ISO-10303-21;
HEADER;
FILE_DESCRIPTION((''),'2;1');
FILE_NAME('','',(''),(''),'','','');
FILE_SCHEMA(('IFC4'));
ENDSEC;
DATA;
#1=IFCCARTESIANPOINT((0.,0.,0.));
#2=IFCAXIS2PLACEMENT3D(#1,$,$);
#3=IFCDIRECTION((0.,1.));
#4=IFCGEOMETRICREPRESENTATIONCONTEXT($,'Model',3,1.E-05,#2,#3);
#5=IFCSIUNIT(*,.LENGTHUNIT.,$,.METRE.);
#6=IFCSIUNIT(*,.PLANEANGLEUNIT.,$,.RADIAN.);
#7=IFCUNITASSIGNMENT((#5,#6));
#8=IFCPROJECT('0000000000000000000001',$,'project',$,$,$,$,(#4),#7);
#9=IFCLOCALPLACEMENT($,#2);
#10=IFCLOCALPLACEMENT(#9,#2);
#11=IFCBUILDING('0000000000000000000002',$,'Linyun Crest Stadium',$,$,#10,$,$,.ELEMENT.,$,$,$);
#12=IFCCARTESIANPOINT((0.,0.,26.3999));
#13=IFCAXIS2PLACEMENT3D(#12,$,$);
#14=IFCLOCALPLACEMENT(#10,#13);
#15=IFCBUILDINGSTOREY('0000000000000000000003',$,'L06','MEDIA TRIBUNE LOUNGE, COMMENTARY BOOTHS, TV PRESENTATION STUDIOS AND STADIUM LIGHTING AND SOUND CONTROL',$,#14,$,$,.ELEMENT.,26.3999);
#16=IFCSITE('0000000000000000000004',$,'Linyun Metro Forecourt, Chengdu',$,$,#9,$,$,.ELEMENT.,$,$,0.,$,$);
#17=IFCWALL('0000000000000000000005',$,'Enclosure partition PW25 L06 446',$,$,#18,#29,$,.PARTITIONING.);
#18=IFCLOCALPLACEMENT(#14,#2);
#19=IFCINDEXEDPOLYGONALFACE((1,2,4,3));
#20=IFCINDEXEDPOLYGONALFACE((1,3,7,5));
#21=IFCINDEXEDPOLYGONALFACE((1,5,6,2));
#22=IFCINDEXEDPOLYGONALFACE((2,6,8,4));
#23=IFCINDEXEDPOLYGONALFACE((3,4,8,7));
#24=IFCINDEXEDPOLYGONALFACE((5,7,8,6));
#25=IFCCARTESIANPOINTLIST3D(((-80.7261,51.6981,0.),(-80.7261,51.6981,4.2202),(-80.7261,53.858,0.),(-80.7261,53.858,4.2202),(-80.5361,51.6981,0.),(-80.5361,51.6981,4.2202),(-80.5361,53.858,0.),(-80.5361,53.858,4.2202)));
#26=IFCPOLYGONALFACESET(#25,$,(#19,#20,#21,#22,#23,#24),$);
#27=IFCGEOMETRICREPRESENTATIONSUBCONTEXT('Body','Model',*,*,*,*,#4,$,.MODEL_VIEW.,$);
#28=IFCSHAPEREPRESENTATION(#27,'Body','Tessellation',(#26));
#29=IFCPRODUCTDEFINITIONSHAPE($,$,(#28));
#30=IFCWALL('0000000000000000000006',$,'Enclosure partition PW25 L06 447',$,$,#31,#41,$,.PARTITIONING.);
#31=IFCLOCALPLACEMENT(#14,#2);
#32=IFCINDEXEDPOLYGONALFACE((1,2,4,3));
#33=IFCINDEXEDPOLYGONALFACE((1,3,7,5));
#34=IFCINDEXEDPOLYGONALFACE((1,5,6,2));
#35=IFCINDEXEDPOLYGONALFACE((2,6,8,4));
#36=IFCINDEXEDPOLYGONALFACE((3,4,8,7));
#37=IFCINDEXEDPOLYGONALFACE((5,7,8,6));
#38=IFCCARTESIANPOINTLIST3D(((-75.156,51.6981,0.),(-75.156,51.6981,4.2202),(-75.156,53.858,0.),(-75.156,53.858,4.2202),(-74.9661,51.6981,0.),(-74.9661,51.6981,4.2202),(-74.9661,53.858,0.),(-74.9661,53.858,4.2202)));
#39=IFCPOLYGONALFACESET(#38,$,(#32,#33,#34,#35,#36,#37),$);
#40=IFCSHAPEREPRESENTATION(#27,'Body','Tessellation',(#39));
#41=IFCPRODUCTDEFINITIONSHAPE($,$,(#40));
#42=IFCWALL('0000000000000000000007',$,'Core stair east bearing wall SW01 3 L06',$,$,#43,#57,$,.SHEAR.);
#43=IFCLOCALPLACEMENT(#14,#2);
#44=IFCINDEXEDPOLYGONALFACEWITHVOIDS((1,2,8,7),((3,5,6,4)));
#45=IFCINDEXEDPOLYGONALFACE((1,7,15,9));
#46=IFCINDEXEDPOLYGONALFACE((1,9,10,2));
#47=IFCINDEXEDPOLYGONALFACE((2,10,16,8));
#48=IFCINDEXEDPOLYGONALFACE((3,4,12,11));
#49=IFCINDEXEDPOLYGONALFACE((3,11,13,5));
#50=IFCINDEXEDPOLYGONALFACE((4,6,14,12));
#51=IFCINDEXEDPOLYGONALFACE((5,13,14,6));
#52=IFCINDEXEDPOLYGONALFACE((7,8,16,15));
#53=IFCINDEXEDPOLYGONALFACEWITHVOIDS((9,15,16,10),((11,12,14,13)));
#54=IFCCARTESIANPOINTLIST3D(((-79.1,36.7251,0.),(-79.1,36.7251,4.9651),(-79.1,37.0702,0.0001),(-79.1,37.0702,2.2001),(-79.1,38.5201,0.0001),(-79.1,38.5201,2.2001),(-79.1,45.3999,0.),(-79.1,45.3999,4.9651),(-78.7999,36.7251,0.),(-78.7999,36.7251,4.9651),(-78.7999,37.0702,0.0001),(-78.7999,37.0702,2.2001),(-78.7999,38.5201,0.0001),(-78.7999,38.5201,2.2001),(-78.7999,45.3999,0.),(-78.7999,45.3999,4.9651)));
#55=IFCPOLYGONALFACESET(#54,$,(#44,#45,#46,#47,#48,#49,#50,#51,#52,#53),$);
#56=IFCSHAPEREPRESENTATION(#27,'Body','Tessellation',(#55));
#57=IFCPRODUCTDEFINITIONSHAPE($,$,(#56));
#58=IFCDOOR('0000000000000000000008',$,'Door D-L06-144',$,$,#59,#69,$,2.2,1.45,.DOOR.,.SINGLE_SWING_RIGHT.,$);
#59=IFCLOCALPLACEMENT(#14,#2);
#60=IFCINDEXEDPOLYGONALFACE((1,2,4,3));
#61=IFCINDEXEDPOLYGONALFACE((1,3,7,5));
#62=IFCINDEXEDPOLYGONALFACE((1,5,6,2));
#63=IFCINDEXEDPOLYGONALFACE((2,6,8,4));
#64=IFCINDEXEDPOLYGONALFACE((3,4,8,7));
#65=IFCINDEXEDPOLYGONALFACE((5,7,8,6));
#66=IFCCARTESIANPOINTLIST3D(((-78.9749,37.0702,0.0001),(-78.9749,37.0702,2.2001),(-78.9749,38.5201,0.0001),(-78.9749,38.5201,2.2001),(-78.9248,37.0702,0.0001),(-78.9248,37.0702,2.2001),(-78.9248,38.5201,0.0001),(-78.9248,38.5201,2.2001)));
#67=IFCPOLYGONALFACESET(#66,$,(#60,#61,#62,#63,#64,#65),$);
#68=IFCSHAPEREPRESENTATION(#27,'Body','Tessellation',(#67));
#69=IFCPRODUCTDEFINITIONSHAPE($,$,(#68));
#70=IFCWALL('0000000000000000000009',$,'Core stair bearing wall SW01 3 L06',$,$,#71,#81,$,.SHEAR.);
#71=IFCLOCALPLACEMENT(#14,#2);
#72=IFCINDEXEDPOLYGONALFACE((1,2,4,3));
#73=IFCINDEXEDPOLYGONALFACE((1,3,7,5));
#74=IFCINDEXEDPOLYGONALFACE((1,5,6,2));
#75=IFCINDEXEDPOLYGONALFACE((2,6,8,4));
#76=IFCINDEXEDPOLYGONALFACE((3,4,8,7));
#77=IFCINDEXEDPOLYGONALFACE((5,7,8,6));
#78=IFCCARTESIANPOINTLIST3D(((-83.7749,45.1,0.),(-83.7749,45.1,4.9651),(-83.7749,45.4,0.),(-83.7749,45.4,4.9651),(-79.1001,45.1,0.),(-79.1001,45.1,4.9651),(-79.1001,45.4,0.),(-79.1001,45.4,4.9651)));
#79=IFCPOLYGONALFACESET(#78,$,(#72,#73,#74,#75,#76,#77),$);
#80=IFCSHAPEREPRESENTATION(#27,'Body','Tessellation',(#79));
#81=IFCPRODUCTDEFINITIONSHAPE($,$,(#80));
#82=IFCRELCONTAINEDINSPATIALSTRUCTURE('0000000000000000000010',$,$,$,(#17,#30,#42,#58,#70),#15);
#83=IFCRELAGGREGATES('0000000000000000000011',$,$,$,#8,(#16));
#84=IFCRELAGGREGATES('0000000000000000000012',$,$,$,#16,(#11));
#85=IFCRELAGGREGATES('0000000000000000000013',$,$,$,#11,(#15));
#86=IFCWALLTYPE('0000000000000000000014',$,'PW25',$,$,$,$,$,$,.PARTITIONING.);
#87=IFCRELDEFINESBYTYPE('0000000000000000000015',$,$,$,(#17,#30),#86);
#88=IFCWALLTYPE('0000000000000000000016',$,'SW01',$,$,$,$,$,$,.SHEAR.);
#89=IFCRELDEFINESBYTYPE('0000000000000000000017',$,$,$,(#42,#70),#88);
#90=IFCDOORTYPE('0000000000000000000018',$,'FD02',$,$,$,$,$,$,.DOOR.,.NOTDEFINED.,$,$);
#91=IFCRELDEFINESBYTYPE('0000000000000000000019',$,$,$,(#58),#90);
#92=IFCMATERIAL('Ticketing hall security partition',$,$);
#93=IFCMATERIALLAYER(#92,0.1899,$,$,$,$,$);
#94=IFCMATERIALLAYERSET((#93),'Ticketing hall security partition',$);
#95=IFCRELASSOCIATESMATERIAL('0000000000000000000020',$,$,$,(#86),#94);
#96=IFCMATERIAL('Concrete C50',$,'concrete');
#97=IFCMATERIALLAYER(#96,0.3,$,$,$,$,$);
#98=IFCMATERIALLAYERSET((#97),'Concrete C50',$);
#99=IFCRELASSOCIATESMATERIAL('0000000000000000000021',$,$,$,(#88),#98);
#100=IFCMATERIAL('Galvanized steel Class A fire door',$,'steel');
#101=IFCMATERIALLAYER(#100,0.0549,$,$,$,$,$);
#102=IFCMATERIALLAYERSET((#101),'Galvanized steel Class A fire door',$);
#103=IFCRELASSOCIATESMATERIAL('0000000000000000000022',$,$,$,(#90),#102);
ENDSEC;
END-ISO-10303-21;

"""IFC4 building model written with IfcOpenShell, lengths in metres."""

from ifc_helpers import new_model, si_unit, direction, frame, frame_2d, origin, place, context, subcontext, project, spatial, rectangle, extrude, material, layer, layer_set, type_object, element, fill, save


model = new_model("IFC4")

# Units and contexts
model_context = context("Model", 3, precision=1e-05, world=origin(), true_north=direction((0.0, 1.0)))
body_context = subcontext(model_context, "Body", "Model", "MODEL_VIEW")
ifc_project = project(units=[si_unit("LENGTHUNIT", "METRE"), si_unit("PLANEANGLEUNIT", "RADIAN")], contexts=[model_context])

# Site, building, storey
site_placement = place(None, origin())
site = spatial("IfcSite", under=ifc_project, at=site_placement, Name="Linyun Metro Forecourt, Chengdu", CompositionType="ELEMENT", RefElevation=0.0)
building_placement = place(site_placement, origin())
building = spatial("IfcBuilding", under=site, at=building_placement, Name="Linyun Crest Stadium", CompositionType="ELEMENT")
storey_placement = place(building_placement, frame((0.0, 0.0, 26.3999)))
storey = spatial("IfcBuildingStorey", under=building, at=storey_placement, Name="L06", Description="MEDIA TRIBUNE LOUNGE, COMMENTARY BOOTHS, TV PRESENTATION STUDIOS AND STADIUM LIGHTING AND SOUND CONTROL", CompositionType="ELEMENT", Elevation=26.3999)

# Shared definitions
ifc_material_1 = material(Name="Ticketing hall security partition")
ifc_layer_1 = layer(ifc_material_1, 0.1899)
ifc_layer_set_1 = layer_set([ifc_layer_1], Name="Ticketing hall security partition")
wall_type_1 = type_object("IfcWallType", Name="PW25", PredefinedType="PARTITIONING", material=ifc_layer_set_1)

# Walls
for number, where, z_axis, x_axis, name in (
    (1, (-80.6311, 51.698, 0.0), (0.0, 0.0, 1.0), (0.0, 1.0, 0.0), "Enclosure partition PW25 L06 446"),
    (2, (-75.061, 51.698, 0.0), (0.0, 0.0, 1.0), (0.0, 1.0, 0.0), "Enclosure partition PW25 L06 447"),
):
    element("IfcWall", number, at=place(storey_placement, frame(where, z_axis=z_axis, x_axis=x_axis)), inside=storey, type_object=wall_type_1, Name=name, PredefinedType="PARTITIONING", context=body_context, shape_type="SweptSolid", body=[
        extrude(rectangle(XDim=2.1599, YDim=0.1899, at=frame_2d((1.0801, 0.0))), origin(), (0.0, 0.0, 1.0), 4.2202),
    ])

# Wall, opening, door
ifc_material_2 = material(Name="Concrete C50", Category="concrete")
ifc_layer_2 = layer(ifc_material_2, 0.3)
ifc_layer_set_2 = layer_set([ifc_layer_2], Name="Concrete C50")
wall_type_2 = type_object("IfcWallType", Name="SW01", PredefinedType="SHEAR", material=ifc_layer_set_2)
wall_1_placement = place(storey_placement, frame((-78.95, 36.7251, 0.0), z_axis=(0.0, 0.0, 1.0), x_axis=(0.0, 1.0, 0.0)))
wall_1 = element("IfcWall", 3, at=wall_1_placement, inside=storey, type_object=wall_type_2, Name="Core stair east bearing wall SW01 3 L06", PredefinedType="SHEAR", context=body_context, shape_type="SweptSolid", body=[
    extrude(rectangle(XDim=8.6748, YDim=0.3, at=frame_2d((4.3374, 0.0))), origin(), (0.0, 0.0, 1.0), 4.9651),
])
opening_1_placement = place(wall_1_placement, frame((0.345, 0.0, 0.0)))
opening_1 = element("IfcOpeningElement", 4, at=opening_1_placement, cuts=wall_1, PredefinedType="OPENING", context=body_context, shape_type="SweptSolid", body=[
    extrude(rectangle(XDim=1.45, YDim=2.2, at=frame_2d((0.7251, 1.1001))), frame((0.0, 0.1599, 0.0), z_axis=(0.0, -1.0, 0.0), x_axis=(1.0, 0.0, 0.0)), (0.0, 0.0, 1.0), 0.3201),
])
ifc_material_3 = material(Name="Galvanized steel Class A fire door", Category="steel")
ifc_layer_3 = layer(ifc_material_3, 0.0549)
ifc_layer_set_3 = layer_set([ifc_layer_3], Name="Galvanized steel Class A fire door")
door_type_1 = type_object("IfcDoorType", Name="FD02", OperationType="NOTDEFINED", PredefinedType="DOOR", material=ifc_layer_set_3)
door_1_placement = place(opening_1_placement, origin())
door_1 = element("IfcDoor", 5, at=door_1_placement, inside=storey, type_object=door_type_1, Name="Door D-L06-144", OperationType="SINGLE_SWING_RIGHT", OverallHeight=2.2, OverallWidth=1.45, PredefinedType="DOOR", context=body_context, shape_type="SweptSolid", body=[
    extrude(rectangle(XDim=1.45, YDim=2.2, at=frame_2d((0.7251, 1.1001))), frame((0.0, 0.0249, 0.0), z_axis=(0.0, -1.0, 0.0), x_axis=(1.0, 0.0, 0.0)), (0.0, 0.0, 1.0), 0.05),
])
fill(opening_1, door_1)

# Wall
wall_2_placement = place(storey_placement, frame((-83.7749, 45.25, 0.0), z_axis=(0.0, 0.0, 1.0), x_axis=(1.0, 0.0, 0.0)))
element("IfcWall", 6, at=wall_2_placement, inside=storey, type_object=wall_type_2, Name="Core stair bearing wall SW01 3 L06", PredefinedType="SHEAR", context=body_context, shape_type="SweptSolid", body=[
    extrude(rectangle(XDim=4.6748, YDim=0.3, at=frame_2d((2.3374, 0.0))), origin(), (0.0, 0.0, 1.0), 4.9651),
])

save(model, "model.ifc")
